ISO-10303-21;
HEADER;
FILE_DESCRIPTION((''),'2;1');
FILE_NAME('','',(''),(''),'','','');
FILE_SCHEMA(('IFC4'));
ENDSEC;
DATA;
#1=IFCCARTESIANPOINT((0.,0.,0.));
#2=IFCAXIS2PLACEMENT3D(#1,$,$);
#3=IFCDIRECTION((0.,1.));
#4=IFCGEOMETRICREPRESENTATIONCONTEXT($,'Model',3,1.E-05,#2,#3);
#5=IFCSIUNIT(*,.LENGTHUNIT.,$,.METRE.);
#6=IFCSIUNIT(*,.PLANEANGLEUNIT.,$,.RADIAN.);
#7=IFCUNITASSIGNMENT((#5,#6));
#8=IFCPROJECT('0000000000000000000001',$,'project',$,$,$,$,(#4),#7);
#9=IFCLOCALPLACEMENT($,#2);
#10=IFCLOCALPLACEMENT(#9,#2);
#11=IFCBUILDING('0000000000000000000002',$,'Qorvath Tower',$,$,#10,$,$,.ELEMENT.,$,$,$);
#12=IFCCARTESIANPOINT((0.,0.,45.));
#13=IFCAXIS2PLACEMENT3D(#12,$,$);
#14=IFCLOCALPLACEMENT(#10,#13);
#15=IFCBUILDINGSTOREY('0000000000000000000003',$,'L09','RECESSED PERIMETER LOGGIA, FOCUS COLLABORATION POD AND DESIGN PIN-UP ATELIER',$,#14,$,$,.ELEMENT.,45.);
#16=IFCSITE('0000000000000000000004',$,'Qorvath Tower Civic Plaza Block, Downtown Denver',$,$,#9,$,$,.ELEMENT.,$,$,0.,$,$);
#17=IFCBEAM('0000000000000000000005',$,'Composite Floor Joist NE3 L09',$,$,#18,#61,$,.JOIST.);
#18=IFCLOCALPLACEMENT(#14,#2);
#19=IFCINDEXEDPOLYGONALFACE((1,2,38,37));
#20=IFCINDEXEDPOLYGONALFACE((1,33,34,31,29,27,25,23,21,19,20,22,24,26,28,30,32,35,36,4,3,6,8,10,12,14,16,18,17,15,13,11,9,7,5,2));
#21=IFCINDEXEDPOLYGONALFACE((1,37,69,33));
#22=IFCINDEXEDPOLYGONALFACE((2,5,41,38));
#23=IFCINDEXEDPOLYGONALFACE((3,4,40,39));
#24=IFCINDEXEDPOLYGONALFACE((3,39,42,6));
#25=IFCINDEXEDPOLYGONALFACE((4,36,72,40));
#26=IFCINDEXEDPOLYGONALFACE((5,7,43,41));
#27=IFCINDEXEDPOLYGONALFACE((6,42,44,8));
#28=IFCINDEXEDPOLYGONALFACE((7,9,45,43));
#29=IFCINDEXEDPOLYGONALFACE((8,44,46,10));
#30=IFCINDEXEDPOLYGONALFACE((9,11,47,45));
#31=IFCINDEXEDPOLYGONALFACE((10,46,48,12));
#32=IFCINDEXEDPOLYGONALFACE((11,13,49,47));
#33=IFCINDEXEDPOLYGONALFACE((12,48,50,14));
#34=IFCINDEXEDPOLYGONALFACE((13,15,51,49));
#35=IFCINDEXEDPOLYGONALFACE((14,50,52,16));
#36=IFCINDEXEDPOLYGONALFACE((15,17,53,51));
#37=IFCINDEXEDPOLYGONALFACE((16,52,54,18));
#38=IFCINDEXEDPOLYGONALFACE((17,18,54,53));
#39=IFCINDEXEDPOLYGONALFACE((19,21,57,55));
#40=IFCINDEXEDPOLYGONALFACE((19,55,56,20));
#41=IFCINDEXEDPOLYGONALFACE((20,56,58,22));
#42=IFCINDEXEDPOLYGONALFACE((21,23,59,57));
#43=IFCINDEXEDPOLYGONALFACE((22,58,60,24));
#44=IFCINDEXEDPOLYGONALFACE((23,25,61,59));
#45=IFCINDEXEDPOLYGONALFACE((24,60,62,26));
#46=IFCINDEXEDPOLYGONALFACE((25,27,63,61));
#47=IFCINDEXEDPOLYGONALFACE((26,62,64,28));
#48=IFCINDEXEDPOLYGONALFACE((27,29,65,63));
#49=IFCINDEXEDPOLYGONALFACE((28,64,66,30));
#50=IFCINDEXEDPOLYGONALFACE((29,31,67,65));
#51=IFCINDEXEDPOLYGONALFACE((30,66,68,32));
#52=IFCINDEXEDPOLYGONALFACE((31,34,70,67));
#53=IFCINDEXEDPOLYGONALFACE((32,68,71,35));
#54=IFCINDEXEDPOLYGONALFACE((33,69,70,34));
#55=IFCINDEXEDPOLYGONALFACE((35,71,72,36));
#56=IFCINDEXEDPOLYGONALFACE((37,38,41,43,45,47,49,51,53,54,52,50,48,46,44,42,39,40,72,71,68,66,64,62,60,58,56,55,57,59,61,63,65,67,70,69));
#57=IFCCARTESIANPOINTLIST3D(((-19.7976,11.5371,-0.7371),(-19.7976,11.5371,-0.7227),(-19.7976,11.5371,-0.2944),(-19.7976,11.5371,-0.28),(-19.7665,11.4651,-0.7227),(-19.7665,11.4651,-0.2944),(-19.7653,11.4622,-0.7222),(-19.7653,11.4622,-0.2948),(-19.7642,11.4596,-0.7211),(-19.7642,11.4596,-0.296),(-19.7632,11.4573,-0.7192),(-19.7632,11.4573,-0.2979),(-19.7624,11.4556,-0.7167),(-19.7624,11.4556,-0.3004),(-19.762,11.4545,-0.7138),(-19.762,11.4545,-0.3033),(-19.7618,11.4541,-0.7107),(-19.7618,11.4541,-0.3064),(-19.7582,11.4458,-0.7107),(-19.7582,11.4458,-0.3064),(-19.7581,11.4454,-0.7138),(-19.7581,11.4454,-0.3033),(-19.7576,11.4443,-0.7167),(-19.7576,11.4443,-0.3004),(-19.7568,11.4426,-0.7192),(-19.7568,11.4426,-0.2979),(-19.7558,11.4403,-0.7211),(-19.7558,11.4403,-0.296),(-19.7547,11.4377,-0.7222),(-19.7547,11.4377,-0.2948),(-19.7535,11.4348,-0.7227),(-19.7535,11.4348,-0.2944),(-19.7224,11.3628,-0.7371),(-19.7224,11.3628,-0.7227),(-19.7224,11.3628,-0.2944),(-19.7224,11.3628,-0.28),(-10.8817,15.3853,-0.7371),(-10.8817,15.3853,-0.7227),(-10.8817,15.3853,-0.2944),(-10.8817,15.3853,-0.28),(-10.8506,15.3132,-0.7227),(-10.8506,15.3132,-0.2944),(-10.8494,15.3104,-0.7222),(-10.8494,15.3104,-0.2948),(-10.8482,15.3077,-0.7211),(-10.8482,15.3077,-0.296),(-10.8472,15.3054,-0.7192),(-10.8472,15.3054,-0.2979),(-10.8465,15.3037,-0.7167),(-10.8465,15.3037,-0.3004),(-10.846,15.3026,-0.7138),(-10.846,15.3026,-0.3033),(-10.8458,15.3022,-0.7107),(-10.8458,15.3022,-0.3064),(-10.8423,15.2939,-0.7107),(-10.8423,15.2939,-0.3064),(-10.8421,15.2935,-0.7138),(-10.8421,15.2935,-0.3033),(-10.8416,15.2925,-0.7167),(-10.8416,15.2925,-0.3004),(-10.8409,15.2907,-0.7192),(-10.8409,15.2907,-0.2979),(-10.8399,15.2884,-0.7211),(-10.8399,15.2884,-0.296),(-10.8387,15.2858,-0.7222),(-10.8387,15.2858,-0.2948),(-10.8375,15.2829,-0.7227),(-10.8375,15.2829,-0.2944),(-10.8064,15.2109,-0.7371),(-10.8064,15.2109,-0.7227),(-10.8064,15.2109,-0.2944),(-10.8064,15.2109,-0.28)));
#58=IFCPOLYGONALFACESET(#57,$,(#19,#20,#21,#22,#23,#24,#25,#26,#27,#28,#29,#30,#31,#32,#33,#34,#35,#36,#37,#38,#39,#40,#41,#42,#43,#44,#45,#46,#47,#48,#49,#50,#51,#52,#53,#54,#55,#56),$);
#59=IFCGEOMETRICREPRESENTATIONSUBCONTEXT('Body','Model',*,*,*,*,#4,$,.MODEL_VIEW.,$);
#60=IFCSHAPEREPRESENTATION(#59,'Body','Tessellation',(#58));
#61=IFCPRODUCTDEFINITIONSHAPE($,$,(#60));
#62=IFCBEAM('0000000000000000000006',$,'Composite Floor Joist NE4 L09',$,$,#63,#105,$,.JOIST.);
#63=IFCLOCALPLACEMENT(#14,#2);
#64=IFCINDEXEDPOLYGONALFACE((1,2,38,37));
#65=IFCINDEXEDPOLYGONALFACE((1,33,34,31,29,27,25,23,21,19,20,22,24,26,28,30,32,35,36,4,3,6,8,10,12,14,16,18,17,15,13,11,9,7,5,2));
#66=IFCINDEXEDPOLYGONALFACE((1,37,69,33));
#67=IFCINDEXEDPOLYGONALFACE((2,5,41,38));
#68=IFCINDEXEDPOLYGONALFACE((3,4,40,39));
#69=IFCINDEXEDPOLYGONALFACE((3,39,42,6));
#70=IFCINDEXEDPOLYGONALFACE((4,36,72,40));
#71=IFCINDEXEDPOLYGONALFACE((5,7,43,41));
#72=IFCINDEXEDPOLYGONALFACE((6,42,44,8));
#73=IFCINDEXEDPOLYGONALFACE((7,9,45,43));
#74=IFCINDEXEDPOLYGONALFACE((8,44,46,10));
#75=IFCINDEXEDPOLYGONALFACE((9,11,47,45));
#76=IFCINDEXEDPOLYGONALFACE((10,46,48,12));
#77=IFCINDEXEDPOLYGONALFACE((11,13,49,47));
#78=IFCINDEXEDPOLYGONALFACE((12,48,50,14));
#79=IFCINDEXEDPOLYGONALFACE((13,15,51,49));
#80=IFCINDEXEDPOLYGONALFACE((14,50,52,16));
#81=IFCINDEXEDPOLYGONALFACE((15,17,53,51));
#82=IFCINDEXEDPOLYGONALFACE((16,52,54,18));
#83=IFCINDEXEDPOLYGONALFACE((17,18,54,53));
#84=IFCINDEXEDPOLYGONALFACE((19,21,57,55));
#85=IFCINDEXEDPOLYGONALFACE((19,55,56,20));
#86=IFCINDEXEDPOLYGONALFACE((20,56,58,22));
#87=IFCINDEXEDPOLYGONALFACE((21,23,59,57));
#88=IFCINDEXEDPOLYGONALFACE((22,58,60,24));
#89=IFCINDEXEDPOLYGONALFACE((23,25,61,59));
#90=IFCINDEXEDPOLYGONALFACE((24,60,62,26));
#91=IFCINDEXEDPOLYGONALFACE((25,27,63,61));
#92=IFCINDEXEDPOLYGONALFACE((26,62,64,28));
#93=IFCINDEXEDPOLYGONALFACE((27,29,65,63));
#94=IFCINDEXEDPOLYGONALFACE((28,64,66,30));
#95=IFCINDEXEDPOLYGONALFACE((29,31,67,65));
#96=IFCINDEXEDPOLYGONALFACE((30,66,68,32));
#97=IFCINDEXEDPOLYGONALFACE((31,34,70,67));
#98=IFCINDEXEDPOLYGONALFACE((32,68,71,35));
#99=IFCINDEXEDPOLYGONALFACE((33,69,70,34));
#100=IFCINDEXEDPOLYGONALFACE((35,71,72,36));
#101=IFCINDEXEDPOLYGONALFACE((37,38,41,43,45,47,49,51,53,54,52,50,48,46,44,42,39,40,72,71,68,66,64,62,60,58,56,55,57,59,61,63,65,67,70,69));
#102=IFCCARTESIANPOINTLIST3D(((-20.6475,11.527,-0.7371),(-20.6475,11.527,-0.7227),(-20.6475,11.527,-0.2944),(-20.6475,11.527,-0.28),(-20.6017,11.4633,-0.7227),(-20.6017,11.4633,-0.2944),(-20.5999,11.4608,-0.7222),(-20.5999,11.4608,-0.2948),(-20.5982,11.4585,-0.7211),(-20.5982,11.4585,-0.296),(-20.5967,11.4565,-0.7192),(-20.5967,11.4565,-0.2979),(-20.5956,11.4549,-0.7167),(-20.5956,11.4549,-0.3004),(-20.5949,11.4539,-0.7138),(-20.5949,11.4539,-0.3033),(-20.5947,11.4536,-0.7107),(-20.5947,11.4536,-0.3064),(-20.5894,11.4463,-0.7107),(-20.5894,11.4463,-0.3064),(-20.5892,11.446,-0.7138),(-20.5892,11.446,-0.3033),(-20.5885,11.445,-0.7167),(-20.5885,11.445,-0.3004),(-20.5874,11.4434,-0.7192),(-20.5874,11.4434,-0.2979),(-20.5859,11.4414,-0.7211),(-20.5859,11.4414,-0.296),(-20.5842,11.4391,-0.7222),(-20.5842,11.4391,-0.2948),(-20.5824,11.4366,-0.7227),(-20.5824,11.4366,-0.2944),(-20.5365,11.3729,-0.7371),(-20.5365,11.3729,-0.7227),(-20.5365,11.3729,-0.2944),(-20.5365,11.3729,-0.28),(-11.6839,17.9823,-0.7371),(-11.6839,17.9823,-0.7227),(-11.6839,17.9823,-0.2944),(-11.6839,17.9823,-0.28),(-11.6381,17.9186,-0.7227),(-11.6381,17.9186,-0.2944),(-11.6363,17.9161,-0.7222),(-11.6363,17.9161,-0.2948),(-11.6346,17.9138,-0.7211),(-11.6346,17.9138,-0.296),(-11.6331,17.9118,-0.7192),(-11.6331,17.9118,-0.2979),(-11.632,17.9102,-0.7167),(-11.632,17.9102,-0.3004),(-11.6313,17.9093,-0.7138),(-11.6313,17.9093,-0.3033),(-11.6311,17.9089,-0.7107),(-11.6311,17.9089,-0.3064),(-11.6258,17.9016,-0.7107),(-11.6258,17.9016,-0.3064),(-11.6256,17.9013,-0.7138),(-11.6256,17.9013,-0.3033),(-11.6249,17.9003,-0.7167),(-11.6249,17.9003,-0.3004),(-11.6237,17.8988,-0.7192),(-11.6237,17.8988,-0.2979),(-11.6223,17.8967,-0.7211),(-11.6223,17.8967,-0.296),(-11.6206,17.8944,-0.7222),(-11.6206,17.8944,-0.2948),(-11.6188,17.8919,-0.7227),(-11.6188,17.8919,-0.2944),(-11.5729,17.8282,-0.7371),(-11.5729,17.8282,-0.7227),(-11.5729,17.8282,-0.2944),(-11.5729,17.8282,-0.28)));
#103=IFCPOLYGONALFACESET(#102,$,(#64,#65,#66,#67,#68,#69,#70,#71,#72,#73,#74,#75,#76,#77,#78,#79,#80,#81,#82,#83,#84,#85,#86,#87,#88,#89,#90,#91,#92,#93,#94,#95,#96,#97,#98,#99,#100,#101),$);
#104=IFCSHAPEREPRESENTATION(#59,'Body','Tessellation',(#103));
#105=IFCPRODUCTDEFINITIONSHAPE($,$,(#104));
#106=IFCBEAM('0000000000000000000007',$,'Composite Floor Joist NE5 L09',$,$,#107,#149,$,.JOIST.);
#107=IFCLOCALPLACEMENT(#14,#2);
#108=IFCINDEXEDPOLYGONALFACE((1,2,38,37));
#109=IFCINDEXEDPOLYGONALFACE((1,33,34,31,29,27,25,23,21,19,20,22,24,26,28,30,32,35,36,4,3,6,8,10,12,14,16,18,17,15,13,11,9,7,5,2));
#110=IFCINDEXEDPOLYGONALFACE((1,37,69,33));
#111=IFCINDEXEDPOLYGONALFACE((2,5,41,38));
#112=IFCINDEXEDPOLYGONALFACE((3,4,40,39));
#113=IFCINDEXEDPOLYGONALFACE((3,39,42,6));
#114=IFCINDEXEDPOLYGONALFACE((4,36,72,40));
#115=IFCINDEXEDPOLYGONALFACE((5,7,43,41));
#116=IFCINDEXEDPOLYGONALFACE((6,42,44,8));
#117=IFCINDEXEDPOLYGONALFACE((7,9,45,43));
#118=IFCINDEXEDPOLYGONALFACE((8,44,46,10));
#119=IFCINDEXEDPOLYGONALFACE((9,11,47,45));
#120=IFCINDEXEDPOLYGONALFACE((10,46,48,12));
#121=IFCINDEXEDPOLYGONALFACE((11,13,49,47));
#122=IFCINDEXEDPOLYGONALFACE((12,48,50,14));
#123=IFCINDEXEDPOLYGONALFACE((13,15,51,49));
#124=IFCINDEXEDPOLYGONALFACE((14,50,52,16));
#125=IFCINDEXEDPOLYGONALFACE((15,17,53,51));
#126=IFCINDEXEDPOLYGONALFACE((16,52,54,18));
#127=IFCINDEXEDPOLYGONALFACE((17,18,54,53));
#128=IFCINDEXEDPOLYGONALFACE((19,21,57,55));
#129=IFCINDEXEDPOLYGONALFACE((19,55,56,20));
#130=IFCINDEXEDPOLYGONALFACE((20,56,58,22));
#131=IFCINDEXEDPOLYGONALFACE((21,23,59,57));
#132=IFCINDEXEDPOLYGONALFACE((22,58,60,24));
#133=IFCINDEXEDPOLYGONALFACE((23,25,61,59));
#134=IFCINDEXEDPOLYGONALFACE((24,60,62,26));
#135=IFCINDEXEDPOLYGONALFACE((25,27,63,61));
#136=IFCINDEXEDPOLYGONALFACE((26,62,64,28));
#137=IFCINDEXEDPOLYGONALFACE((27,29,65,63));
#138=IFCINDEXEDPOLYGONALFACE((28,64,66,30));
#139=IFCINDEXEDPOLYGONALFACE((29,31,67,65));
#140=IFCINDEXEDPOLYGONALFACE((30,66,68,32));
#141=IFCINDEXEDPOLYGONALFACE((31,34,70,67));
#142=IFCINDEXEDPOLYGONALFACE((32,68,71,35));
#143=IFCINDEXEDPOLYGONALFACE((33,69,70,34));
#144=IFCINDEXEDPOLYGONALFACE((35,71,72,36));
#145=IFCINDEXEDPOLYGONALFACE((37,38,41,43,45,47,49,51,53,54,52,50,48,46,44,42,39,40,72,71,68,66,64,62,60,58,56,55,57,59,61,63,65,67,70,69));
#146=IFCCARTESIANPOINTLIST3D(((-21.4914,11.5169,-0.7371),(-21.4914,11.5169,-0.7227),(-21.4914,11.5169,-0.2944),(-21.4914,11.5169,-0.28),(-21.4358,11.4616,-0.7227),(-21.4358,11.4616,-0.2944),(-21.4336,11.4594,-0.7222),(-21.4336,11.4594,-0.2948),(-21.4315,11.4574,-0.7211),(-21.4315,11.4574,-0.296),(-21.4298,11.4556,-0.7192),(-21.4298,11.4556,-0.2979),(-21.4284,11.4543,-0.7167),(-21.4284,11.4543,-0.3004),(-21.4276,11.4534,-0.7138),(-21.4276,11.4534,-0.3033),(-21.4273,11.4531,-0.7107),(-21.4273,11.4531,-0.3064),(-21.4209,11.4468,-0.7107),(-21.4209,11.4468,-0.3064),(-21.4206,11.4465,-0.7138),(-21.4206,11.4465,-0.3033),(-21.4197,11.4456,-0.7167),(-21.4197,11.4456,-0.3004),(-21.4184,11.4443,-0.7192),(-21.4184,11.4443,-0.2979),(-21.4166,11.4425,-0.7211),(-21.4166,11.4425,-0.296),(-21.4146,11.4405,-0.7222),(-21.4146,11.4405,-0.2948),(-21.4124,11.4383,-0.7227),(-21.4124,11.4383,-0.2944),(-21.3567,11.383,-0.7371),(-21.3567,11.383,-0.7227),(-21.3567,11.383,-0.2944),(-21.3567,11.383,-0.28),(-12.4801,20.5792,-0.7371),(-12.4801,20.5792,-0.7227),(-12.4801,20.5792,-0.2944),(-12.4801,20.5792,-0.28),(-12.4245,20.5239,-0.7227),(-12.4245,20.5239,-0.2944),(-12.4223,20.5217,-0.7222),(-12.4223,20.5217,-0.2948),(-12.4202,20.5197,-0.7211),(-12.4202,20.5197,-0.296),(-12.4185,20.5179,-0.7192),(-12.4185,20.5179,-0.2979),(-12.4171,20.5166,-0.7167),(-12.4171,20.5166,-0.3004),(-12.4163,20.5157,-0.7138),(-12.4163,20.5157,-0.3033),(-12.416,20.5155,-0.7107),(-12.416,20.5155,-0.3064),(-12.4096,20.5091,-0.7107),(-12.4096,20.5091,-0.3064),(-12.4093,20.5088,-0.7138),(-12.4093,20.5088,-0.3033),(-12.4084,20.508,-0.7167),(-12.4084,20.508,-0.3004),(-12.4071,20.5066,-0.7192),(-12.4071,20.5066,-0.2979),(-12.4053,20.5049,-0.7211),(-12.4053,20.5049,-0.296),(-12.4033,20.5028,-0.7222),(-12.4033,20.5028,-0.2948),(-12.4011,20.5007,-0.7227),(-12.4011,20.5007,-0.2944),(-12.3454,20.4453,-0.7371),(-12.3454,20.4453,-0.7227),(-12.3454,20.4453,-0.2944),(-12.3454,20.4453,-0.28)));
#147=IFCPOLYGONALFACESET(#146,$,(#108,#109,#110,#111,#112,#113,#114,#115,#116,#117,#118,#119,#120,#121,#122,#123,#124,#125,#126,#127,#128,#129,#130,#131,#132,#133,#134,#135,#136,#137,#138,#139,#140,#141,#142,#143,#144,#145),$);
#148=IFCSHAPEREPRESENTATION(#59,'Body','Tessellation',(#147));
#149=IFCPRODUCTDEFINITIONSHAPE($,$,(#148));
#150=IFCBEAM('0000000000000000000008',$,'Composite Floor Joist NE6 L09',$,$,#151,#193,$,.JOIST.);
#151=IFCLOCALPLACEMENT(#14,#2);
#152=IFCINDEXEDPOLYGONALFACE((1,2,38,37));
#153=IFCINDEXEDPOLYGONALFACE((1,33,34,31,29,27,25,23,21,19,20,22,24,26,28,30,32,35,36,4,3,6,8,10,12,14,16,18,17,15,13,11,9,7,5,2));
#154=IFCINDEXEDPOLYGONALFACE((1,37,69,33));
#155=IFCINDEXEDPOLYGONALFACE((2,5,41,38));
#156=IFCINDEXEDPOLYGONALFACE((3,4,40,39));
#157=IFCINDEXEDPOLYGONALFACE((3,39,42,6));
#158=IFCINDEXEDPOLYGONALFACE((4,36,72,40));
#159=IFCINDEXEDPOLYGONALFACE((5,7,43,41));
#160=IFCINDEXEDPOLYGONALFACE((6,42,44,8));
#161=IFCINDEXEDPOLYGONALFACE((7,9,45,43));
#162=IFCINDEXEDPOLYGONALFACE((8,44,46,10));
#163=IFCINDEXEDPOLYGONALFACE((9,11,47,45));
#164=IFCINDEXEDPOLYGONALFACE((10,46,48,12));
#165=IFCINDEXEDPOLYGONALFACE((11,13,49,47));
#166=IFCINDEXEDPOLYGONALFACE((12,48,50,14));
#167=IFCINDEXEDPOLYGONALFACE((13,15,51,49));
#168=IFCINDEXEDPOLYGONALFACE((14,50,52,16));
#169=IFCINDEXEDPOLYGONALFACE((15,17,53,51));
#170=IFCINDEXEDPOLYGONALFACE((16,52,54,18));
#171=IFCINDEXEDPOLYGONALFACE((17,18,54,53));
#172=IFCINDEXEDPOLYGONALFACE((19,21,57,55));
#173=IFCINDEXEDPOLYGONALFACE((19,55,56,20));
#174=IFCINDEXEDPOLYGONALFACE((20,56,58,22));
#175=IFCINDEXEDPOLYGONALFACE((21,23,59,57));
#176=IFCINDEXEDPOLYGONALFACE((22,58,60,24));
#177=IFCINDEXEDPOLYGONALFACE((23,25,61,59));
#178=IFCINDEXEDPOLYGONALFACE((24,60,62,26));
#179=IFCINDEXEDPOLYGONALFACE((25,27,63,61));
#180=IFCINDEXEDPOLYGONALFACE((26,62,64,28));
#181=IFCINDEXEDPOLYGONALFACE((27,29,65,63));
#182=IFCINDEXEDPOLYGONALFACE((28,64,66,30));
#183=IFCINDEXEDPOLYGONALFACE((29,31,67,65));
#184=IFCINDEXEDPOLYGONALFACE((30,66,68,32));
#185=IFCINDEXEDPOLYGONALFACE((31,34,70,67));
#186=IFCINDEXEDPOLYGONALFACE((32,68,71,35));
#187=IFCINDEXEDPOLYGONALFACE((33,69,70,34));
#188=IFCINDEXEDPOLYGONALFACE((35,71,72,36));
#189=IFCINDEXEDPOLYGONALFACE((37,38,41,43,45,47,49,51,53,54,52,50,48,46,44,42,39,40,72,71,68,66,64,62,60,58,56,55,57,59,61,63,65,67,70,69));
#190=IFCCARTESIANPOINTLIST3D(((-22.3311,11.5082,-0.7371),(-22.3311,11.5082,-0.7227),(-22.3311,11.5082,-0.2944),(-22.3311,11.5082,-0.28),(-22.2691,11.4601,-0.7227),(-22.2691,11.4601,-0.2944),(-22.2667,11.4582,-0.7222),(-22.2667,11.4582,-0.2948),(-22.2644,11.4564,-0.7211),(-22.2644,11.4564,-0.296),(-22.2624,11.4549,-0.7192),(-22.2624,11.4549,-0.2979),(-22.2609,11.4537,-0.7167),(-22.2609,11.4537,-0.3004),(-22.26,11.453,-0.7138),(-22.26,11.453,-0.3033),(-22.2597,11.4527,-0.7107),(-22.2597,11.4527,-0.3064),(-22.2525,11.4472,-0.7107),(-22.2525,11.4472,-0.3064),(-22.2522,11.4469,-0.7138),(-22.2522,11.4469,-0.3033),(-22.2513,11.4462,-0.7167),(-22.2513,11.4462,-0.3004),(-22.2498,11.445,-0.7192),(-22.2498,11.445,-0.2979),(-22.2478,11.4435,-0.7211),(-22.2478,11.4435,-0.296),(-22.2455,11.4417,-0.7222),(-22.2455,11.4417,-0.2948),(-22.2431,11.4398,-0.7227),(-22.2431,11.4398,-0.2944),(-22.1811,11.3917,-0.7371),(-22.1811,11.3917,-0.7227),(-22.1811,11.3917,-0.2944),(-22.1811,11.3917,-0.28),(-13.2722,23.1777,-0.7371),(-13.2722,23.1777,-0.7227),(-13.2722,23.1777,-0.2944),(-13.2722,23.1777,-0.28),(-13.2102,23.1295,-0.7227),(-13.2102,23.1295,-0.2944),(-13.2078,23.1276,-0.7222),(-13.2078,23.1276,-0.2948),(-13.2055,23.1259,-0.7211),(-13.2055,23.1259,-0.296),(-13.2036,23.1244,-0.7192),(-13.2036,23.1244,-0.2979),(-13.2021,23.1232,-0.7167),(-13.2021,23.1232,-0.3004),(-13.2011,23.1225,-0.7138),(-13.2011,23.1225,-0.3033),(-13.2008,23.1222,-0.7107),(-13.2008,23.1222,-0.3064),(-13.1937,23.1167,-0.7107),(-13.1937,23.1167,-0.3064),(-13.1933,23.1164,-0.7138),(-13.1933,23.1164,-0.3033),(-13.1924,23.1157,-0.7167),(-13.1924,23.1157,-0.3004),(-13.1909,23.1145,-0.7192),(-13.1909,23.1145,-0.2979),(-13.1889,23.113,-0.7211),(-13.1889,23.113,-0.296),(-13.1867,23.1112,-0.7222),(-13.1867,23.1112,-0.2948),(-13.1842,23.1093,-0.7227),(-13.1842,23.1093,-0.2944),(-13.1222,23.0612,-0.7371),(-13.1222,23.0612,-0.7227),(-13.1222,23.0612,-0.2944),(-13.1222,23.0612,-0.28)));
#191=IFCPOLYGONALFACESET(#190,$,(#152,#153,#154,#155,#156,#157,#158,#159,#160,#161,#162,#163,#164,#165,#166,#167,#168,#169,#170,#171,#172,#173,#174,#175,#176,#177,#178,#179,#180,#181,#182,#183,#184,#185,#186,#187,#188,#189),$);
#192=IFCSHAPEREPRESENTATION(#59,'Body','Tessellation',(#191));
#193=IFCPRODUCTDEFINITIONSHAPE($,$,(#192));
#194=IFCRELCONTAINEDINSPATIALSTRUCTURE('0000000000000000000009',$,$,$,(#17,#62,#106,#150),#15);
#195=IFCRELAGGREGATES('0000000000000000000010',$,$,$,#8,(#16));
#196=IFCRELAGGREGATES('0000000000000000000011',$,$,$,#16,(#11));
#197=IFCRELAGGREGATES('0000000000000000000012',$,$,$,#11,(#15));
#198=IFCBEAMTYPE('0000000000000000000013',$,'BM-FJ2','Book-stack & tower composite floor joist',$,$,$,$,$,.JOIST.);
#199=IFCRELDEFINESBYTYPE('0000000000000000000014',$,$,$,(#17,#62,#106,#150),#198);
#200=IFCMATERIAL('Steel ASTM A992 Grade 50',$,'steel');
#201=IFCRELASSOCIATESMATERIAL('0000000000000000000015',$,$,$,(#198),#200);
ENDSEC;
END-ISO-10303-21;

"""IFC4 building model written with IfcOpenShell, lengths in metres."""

from ifc_helpers import new_model, si_unit, direction, frame, origin, origin_2d, place, context, subcontext, project, spatial, i_section, extrude, material, material_profile, profile_set, type_object, element, save


model = new_model("IFC4")

# Units and contexts
model_context = context("Model", 3, precision=1e-05, world=origin(), true_north=direction((0.0, 1.0)))
body_context = subcontext(model_context, "Body", "Model", "MODEL_VIEW")
ifc_project = project(units=[si_unit("LENGTHUNIT", "METRE"), si_unit("PLANEANGLEUNIT", "RADIAN")], contexts=[model_context])

# Site, building, storey
site_placement = place(None, origin())
site = spatial("IfcSite", under=ifc_project, at=site_placement, Name="Qorvath Tower Civic Plaza Block, Downtown Denver", CompositionType="ELEMENT", RefElevation=0.0)
building_placement = place(site_placement, origin())
building = spatial("IfcBuilding", under=site, at=building_placement, Name="Qorvath Tower", CompositionType="ELEMENT")
storey_placement = place(building_placement, frame((0.0, 0.0, 45.0)))
storey = spatial("IfcBuildingStorey", under=building, at=storey_placement, Name="L09", Description="RECESSED PERIMETER LOGGIA, FOCUS COLLABORATION POD AND DESIGN PIN-UP ATELIER", CompositionType="ELEMENT", Elevation=45.0)

# Beams
ifc_material_1 = material(Name="Steel ASTM A992 Grade 50", Category="steel")
ifc_material_profile_1 = material_profile(ifc_material_1, i_section(OverallWidth=0.1899, OverallDepth=0.457, WebThickness=0.009, FlangeThickness=0.0144, FilletRadius=0.012, at=origin_2d()), Name="W18x50")
ifc_profile_set_1 = profile_set([ifc_material_profile_1], Name="Steel ASTM A992 Grade 50")
beam_type_1 = type_object("IfcBeamType", Name="BM-FJ2", Description="Book-stack & tower composite floor joist", PredefinedType="JOIST", material=ifc_profile_set_1)
beam_1_placement = place(storey_placement, frame((-19.76, 11.45, -0.5085), z_axis=(0.918136, 0.396266, 0.0), x_axis=(-0.396266, 0.918136, 0.0)))
element("IfcBeam", 1, at=beam_1_placement, inside=storey, type_object=beam_type_1, Name="Composite Floor Joist NE3 L09", PredefinedType="JOIST", context=body_context, shape_type="SweptSolid", body=[
    extrude(i_section(OverallWidth=0.1899, OverallDepth=0.457, WebThickness=0.009, FlangeThickness=0.0144, FilletRadius=0.012, at=origin_2d()), origin(), (0.0, 0.0, 1.0), 9.7109),
])
beam_2_placement = place(storey_placement, frame((-20.592, 11.45, -0.5085), z_axis=(0.811469, 0.584395, 0.0), x_axis=(-0.584395, 0.811469, 0.0)))
element("IfcBeam", 2, at=beam_2_placement, inside=storey, type_object=beam_type_1, Name="Composite Floor Joist NE4 L09", PredefinedType="JOIST", context=body_context, shape_type="SweptSolid", body=[
    extrude(i_section(OverallWidth=0.1899, OverallDepth=0.457, WebThickness=0.009, FlangeThickness=0.0144, FilletRadius=0.012, at=origin_2d()), origin(), (0.0, 0.0, 1.0), 11.0461),
])
beam_3_placement = place(storey_placement, frame((-21.4241, 11.45, -0.5085), z_axis=(0.705108, 0.7091, 0.0), x_axis=(-0.7091, 0.705108, 0.0)))
element("IfcBeam", 3, at=beam_3_placement, inside=storey, type_object=beam_type_1, Name="Composite Floor Joist NE5 L09", PredefinedType="JOIST", context=body_context, shape_type="SweptSolid", body=[
    extrude(i_section(OverallWidth=0.1899, OverallDepth=0.457, WebThickness=0.009, FlangeThickness=0.0144, FilletRadius=0.012, at=origin_2d()), origin(), (0.0, 0.0, 1.0), 12.78),
])
beam_4_placement = place(storey_placement, frame((-22.2561, 11.45, -0.5085), z_axis=(0.613207, 0.789922, 0.0), x_axis=(-0.789922, 0.613207, 0.0)))
element("IfcBeam", 4, at=beam_4_placement, inside=storey, type_object=beam_type_1, Name="Composite Floor Joist NE6 L09", PredefinedType="JOIST", context=body_context, shape_type="SweptSolid", body=[
    extrude(i_section(OverallWidth=0.1899, OverallDepth=0.457, WebThickness=0.009, FlangeThickness=0.0144, FilletRadius=0.012, at=origin_2d()), origin(), (0.0, 0.0, 1.0), 14.7729),
])

save(model, "model.ifc")
